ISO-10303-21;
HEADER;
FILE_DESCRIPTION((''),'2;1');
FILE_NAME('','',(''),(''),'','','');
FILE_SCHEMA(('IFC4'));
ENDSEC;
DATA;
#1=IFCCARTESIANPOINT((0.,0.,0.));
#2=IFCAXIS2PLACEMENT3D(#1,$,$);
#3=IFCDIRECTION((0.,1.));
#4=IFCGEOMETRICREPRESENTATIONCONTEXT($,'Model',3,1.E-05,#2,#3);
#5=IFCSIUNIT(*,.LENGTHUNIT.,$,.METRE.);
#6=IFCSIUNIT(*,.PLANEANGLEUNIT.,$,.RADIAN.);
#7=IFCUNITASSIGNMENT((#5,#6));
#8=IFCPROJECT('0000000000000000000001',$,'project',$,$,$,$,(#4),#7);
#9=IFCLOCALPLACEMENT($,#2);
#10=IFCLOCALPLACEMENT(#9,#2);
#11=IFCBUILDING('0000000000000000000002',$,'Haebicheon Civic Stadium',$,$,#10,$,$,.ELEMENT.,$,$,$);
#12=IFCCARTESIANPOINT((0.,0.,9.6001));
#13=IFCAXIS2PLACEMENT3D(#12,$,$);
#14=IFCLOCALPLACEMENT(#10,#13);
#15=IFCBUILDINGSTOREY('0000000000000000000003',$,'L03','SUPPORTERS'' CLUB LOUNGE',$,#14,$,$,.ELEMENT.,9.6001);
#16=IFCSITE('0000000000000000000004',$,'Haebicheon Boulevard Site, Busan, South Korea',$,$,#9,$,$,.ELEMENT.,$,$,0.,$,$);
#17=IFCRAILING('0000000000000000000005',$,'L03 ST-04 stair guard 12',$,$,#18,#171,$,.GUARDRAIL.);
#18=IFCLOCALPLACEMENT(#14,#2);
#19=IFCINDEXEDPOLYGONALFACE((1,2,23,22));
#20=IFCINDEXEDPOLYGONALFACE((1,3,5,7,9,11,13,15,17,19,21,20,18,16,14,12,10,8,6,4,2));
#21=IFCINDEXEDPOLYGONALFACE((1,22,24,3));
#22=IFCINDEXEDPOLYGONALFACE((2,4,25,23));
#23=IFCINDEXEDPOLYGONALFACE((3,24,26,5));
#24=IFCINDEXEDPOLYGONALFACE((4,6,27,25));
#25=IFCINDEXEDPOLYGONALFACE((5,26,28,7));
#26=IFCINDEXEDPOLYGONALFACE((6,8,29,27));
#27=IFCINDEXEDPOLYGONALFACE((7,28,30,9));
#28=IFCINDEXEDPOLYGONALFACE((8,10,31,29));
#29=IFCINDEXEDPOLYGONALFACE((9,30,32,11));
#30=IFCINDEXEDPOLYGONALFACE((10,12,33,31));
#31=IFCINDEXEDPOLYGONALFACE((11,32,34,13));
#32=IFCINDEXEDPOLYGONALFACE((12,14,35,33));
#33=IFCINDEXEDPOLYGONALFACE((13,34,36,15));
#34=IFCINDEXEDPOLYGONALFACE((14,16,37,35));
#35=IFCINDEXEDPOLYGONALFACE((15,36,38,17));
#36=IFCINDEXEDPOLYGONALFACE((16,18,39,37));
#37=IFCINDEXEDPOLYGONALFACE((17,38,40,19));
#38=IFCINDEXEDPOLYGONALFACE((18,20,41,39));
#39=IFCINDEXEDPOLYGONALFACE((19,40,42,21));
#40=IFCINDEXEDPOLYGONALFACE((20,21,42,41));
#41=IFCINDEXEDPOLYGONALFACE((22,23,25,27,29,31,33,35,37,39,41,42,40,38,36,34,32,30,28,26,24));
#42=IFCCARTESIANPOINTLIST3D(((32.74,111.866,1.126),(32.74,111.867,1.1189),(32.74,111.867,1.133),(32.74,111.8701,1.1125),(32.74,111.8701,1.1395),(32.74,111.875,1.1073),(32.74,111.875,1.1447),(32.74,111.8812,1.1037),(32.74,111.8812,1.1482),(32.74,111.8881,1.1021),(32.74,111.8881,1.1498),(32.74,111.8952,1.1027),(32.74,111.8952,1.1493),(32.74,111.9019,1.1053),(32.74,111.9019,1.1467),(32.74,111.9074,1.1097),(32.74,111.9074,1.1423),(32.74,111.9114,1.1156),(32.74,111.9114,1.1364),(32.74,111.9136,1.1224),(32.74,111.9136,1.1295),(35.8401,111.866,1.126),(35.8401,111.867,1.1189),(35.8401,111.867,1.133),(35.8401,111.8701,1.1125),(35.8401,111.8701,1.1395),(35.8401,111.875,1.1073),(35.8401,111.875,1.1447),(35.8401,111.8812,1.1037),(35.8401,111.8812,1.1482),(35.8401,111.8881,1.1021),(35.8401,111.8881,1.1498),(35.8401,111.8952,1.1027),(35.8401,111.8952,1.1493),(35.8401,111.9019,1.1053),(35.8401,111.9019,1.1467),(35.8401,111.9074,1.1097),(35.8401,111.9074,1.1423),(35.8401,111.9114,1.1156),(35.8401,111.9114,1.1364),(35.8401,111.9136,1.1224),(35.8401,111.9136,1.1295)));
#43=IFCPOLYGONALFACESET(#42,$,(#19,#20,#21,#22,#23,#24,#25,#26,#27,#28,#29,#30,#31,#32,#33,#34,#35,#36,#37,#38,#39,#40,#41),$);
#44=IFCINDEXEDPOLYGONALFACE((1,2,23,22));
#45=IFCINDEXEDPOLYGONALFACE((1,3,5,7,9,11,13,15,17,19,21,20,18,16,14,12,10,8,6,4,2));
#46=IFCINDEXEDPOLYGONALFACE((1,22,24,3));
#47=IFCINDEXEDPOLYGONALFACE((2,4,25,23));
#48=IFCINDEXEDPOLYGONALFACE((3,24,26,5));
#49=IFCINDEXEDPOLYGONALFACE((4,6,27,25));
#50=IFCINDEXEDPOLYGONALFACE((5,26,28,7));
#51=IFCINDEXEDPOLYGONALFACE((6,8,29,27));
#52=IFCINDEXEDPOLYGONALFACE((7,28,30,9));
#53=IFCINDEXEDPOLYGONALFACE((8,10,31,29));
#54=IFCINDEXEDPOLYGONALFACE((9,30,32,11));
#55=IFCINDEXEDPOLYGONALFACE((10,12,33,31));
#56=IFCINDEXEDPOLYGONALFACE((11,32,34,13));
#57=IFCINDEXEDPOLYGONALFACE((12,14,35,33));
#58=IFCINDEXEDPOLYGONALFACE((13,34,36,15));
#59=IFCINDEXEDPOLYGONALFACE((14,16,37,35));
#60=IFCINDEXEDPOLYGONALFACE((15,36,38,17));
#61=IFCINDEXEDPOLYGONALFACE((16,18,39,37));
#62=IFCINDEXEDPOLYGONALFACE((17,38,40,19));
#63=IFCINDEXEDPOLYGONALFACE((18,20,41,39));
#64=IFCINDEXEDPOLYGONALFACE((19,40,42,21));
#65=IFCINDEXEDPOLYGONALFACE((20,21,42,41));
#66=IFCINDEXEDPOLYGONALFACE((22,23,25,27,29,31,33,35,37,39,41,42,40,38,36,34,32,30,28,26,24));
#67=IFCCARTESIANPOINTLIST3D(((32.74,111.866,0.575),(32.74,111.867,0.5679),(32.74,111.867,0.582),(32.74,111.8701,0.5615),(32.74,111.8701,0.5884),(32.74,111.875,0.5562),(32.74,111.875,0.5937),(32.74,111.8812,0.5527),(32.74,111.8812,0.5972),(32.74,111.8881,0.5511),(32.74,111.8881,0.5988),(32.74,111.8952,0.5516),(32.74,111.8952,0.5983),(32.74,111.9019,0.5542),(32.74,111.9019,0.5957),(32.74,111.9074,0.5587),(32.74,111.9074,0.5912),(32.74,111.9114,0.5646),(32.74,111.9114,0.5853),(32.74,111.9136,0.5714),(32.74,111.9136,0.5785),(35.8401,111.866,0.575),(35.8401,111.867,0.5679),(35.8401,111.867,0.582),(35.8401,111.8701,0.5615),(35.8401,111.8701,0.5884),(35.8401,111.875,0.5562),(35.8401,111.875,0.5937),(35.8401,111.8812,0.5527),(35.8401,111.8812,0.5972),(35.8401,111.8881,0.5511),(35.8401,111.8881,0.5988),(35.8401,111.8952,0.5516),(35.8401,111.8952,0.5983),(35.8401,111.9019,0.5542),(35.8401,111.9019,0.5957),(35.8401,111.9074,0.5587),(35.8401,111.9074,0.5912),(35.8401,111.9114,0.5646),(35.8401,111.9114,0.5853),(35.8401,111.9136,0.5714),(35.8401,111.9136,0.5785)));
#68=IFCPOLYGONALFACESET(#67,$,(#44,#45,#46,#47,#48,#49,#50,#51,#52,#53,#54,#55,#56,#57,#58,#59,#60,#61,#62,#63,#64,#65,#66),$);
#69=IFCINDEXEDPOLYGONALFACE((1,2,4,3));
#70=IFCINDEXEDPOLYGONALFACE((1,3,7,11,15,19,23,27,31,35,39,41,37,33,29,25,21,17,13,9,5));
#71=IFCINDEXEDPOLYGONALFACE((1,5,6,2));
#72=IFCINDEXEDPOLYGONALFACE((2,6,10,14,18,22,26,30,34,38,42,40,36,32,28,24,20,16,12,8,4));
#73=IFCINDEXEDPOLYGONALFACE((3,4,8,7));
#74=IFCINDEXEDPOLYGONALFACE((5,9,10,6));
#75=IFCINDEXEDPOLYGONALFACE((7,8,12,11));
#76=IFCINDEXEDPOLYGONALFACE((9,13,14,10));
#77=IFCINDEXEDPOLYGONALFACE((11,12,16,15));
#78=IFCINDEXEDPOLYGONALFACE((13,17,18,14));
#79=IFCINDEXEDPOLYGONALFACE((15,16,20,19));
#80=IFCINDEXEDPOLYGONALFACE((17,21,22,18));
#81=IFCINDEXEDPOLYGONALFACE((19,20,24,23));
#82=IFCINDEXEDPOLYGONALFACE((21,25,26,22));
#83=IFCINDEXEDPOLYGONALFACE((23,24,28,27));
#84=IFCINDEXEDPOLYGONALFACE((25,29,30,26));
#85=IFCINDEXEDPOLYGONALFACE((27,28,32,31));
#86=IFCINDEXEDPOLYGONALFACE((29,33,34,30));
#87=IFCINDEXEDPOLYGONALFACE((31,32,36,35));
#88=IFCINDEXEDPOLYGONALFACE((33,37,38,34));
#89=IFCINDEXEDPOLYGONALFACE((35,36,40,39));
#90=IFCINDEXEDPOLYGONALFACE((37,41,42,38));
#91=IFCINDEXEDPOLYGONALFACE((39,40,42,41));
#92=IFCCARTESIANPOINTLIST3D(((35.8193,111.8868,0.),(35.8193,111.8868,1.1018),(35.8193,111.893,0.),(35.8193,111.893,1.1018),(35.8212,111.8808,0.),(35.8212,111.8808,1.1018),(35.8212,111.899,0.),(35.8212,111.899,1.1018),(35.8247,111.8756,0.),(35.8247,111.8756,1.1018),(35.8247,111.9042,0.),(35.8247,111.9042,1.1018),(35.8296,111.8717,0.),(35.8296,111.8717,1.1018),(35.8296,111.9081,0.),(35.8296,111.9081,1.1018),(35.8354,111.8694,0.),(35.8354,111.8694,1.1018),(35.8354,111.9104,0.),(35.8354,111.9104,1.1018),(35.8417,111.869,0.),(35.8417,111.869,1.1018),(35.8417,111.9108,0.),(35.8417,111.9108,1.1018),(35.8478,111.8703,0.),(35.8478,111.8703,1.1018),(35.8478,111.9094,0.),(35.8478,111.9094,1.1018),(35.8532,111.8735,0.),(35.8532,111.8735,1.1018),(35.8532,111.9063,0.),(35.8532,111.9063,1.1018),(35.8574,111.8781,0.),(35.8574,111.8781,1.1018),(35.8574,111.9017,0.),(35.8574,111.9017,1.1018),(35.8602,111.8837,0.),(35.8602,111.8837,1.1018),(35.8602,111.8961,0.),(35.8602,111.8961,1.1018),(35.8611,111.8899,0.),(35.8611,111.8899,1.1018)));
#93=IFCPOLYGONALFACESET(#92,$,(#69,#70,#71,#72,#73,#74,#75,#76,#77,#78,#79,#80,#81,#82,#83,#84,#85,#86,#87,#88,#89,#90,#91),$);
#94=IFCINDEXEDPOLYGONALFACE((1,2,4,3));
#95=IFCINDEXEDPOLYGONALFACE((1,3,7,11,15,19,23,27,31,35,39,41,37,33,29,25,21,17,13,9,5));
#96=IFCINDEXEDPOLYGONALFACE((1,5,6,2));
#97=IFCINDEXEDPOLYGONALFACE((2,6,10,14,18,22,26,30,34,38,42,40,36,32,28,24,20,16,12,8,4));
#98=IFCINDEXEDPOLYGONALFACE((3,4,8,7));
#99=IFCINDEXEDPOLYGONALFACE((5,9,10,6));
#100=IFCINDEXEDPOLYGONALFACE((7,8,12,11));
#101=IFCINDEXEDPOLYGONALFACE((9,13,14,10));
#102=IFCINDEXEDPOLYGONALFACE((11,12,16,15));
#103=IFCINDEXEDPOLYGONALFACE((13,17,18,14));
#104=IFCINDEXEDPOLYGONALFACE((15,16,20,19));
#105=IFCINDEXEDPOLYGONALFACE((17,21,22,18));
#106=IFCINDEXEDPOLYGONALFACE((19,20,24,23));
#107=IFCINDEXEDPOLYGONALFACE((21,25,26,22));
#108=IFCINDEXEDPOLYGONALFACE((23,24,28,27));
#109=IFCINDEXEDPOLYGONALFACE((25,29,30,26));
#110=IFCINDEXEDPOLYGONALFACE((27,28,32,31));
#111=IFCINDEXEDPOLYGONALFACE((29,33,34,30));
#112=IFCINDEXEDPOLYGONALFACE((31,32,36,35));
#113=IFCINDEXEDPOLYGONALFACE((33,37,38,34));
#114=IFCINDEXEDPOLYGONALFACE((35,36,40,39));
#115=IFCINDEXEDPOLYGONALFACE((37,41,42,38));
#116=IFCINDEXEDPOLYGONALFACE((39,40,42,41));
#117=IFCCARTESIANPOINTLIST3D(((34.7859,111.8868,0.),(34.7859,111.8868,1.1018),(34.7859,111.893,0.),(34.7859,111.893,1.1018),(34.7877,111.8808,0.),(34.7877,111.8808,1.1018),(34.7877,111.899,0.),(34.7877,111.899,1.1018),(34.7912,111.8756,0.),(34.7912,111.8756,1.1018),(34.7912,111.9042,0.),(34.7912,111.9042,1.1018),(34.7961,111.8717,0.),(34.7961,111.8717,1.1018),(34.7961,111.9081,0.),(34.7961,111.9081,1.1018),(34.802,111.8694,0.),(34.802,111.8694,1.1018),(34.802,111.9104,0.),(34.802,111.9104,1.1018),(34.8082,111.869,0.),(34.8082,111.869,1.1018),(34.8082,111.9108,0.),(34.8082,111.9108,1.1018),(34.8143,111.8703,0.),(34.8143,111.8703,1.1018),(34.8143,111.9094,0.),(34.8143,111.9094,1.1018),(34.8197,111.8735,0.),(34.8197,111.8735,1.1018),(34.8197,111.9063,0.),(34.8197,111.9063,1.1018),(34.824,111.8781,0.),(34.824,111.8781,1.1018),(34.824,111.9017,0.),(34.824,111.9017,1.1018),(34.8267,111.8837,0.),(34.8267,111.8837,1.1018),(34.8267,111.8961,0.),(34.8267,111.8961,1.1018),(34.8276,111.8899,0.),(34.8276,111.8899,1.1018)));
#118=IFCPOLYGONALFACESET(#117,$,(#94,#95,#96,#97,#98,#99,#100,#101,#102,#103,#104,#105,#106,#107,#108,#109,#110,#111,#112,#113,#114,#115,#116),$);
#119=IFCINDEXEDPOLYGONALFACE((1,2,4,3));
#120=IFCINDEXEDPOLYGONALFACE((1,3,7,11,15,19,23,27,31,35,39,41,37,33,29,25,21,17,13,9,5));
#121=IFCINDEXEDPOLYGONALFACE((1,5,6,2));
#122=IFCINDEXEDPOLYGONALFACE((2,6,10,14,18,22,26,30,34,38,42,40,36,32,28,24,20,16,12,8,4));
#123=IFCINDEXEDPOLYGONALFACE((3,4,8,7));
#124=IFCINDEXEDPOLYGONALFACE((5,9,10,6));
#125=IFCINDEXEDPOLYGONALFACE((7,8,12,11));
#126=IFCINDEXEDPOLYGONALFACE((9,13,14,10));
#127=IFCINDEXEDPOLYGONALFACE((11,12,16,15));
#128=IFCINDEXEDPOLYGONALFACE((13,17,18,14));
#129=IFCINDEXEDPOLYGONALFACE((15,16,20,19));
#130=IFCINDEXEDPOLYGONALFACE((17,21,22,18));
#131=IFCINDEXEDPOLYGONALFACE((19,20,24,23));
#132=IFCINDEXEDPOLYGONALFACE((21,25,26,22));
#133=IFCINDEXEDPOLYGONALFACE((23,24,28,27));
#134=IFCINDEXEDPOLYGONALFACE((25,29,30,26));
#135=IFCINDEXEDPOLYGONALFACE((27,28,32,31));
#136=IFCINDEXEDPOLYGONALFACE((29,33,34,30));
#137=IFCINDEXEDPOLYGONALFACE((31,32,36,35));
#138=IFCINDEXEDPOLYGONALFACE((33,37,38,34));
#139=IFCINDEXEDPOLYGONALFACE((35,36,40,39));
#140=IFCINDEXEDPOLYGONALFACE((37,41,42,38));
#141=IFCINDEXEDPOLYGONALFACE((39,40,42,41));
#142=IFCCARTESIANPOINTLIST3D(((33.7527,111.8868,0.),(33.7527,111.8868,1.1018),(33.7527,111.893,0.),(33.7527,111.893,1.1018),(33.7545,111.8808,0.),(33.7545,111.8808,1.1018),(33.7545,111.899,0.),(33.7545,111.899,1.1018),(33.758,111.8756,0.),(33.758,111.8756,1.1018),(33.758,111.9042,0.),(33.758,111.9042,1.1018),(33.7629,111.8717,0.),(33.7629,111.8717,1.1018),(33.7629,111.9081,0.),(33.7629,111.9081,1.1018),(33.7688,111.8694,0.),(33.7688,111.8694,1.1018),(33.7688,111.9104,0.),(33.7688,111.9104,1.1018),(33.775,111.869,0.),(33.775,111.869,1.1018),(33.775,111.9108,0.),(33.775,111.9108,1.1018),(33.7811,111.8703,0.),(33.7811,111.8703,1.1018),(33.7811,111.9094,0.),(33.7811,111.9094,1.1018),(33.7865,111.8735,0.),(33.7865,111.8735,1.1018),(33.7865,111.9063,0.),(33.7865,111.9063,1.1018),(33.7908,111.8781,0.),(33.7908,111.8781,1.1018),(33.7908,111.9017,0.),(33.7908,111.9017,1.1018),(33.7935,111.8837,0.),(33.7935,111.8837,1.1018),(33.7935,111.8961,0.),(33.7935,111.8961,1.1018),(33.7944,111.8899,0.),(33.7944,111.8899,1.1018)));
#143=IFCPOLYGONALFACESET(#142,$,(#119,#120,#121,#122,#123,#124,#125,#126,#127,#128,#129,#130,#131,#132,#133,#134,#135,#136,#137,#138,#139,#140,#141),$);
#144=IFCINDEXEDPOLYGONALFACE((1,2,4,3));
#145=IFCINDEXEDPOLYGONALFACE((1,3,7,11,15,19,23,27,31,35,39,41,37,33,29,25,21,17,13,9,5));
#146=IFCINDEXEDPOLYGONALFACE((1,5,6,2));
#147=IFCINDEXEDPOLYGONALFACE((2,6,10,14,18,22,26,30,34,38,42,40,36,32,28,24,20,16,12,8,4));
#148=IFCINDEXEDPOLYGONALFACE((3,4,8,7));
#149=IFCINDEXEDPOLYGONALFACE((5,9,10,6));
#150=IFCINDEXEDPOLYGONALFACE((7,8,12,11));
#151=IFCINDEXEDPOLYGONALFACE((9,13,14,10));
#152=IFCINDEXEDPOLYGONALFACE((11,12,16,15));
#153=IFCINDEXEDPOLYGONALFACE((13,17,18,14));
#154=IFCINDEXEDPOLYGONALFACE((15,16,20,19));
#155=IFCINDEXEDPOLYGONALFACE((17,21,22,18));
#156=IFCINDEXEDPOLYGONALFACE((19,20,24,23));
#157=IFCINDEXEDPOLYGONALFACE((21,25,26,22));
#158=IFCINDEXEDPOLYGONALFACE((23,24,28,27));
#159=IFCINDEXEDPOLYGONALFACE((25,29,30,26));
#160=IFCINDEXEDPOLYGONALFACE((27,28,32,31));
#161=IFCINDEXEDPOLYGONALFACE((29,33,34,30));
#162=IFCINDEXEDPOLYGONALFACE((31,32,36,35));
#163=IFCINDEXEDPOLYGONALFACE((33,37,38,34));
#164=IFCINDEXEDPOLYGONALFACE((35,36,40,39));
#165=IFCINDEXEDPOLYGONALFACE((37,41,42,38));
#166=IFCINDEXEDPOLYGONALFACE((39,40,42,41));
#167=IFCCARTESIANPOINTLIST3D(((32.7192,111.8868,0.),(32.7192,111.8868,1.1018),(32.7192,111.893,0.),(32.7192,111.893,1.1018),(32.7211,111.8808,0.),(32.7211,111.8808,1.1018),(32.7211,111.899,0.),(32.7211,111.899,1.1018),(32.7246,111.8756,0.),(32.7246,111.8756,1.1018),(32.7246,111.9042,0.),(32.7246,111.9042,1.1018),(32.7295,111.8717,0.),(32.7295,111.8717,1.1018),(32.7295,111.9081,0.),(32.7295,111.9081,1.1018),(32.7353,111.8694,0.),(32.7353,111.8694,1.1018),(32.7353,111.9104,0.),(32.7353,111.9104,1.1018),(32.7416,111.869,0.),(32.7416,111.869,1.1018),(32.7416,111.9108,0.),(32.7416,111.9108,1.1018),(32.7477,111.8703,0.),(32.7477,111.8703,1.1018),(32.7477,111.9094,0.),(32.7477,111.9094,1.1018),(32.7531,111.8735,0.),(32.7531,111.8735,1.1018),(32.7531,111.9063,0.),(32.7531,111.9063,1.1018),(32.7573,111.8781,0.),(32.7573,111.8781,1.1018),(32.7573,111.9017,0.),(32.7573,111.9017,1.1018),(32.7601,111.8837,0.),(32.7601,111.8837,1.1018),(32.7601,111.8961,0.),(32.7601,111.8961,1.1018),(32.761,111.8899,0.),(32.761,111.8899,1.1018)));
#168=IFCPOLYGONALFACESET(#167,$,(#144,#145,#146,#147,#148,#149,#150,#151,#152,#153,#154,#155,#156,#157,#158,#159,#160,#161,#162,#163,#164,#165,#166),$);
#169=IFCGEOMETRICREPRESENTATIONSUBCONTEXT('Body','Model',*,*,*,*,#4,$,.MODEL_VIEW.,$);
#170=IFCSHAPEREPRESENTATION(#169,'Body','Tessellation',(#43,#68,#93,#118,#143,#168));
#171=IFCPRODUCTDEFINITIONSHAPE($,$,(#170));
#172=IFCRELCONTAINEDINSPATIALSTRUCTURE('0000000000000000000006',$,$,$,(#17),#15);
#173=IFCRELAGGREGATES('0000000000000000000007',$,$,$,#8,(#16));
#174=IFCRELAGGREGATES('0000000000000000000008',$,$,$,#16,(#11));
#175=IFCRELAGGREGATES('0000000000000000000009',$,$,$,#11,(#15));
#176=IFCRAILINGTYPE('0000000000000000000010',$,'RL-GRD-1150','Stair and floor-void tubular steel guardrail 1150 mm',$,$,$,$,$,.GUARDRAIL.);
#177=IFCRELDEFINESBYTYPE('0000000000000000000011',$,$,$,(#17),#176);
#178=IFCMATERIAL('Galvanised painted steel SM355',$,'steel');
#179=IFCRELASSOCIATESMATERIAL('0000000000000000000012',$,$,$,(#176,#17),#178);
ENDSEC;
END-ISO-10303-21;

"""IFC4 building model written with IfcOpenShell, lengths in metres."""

from ifc_helpers import new_model, si_unit, direction, frame, origin, origin_2d, place, context, subcontext, project, spatial, circle, extrude, material, type_object, element, save


model = new_model("IFC4")

# Units and contexts
model_context = context("Model", 3, precision=1e-05, world=origin(), true_north=direction((0.0, 1.0)))
body_context = subcontext(model_context, "Body", "Model", "MODEL_VIEW")
ifc_project = project(units=[si_unit("LENGTHUNIT", "METRE"), si_unit("PLANEANGLEUNIT", "RADIAN")], contexts=[model_context])

# Site, building, storey
site_placement = place(None, origin())
site = spatial("IfcSite", under=ifc_project, at=site_placement, Name="Haebicheon Boulevard Site, Busan, South Korea", CompositionType="ELEMENT", RefElevation=0.0)
building_placement = place(site_placement, origin())
building = spatial("IfcBuilding", under=site, at=building_placement, Name="Haebicheon Civic Stadium", CompositionType="ELEMENT")
storey_placement = place(building_placement, frame((0.0, 0.0, 9.6001)))
storey = spatial("IfcBuildingStorey", under=building, at=storey_placement, Name="L03", Description="SUPPORTERS' CLUB LOUNGE", CompositionType="ELEMENT", Elevation=9.6001)

# Railing
ifc_material_1 = material(Name="Galvanised painted steel SM355", Category="steel")
railing_type_1 = type_object("IfcRailingType", Name="RL-GRD-1150", Description="Stair and floor-void tubular steel guardrail 1150 mm", PredefinedType="GUARDRAIL", material=ifc_material_1)
railing_1_placement = place(storey_placement, frame((35.8401, 111.8899, 0.0)))
element("IfcRailing", 1, at=railing_1_placement, inside=storey, type_object=railing_type_1, material=ifc_material_1, Name="L03 ST-04 stair guard 12", PredefinedType="GUARDRAIL", context=body_context, shape_type="SweptSolid", body=[
    extrude(circle(Radius=0.0239, at=origin_2d()), frame((0.0, 0.0, 1.126), z_axis=(-1.0, 0.0, 0.0), x_axis=(0.0, -1.0, 0.0)), (0.0, 0.0, 1.0), 3.1001),
    extrude(circle(Radius=0.0239, at=origin_2d()), frame((0.0, 0.0, 0.575), z_axis=(-1.0, 0.0, 0.0), x_axis=(0.0, -1.0, 0.0)), (0.0, 0.0, 1.0), 3.1001),
    extrude(circle(Radius=0.021, at=origin_2d()), origin(), (0.0, 0.0, 1.0), 1.1018),
    extrude(circle(Radius=0.021, at=origin_2d()), frame((-1.0334, 0.0, 0.0)), (0.0, 0.0, 1.0), 1.1018),
    extrude(circle(Radius=0.021, at=origin_2d()), frame((-2.0667, 0.0, 0.0)), (0.0, 0.0, 1.0), 1.1018),
    extrude(circle(Radius=0.021, at=origin_2d()), frame((-3.1001, 0.0, 0.0)), (0.0, 0.0, 1.0), 1.1018),
])

save(model, "model.ifc")
